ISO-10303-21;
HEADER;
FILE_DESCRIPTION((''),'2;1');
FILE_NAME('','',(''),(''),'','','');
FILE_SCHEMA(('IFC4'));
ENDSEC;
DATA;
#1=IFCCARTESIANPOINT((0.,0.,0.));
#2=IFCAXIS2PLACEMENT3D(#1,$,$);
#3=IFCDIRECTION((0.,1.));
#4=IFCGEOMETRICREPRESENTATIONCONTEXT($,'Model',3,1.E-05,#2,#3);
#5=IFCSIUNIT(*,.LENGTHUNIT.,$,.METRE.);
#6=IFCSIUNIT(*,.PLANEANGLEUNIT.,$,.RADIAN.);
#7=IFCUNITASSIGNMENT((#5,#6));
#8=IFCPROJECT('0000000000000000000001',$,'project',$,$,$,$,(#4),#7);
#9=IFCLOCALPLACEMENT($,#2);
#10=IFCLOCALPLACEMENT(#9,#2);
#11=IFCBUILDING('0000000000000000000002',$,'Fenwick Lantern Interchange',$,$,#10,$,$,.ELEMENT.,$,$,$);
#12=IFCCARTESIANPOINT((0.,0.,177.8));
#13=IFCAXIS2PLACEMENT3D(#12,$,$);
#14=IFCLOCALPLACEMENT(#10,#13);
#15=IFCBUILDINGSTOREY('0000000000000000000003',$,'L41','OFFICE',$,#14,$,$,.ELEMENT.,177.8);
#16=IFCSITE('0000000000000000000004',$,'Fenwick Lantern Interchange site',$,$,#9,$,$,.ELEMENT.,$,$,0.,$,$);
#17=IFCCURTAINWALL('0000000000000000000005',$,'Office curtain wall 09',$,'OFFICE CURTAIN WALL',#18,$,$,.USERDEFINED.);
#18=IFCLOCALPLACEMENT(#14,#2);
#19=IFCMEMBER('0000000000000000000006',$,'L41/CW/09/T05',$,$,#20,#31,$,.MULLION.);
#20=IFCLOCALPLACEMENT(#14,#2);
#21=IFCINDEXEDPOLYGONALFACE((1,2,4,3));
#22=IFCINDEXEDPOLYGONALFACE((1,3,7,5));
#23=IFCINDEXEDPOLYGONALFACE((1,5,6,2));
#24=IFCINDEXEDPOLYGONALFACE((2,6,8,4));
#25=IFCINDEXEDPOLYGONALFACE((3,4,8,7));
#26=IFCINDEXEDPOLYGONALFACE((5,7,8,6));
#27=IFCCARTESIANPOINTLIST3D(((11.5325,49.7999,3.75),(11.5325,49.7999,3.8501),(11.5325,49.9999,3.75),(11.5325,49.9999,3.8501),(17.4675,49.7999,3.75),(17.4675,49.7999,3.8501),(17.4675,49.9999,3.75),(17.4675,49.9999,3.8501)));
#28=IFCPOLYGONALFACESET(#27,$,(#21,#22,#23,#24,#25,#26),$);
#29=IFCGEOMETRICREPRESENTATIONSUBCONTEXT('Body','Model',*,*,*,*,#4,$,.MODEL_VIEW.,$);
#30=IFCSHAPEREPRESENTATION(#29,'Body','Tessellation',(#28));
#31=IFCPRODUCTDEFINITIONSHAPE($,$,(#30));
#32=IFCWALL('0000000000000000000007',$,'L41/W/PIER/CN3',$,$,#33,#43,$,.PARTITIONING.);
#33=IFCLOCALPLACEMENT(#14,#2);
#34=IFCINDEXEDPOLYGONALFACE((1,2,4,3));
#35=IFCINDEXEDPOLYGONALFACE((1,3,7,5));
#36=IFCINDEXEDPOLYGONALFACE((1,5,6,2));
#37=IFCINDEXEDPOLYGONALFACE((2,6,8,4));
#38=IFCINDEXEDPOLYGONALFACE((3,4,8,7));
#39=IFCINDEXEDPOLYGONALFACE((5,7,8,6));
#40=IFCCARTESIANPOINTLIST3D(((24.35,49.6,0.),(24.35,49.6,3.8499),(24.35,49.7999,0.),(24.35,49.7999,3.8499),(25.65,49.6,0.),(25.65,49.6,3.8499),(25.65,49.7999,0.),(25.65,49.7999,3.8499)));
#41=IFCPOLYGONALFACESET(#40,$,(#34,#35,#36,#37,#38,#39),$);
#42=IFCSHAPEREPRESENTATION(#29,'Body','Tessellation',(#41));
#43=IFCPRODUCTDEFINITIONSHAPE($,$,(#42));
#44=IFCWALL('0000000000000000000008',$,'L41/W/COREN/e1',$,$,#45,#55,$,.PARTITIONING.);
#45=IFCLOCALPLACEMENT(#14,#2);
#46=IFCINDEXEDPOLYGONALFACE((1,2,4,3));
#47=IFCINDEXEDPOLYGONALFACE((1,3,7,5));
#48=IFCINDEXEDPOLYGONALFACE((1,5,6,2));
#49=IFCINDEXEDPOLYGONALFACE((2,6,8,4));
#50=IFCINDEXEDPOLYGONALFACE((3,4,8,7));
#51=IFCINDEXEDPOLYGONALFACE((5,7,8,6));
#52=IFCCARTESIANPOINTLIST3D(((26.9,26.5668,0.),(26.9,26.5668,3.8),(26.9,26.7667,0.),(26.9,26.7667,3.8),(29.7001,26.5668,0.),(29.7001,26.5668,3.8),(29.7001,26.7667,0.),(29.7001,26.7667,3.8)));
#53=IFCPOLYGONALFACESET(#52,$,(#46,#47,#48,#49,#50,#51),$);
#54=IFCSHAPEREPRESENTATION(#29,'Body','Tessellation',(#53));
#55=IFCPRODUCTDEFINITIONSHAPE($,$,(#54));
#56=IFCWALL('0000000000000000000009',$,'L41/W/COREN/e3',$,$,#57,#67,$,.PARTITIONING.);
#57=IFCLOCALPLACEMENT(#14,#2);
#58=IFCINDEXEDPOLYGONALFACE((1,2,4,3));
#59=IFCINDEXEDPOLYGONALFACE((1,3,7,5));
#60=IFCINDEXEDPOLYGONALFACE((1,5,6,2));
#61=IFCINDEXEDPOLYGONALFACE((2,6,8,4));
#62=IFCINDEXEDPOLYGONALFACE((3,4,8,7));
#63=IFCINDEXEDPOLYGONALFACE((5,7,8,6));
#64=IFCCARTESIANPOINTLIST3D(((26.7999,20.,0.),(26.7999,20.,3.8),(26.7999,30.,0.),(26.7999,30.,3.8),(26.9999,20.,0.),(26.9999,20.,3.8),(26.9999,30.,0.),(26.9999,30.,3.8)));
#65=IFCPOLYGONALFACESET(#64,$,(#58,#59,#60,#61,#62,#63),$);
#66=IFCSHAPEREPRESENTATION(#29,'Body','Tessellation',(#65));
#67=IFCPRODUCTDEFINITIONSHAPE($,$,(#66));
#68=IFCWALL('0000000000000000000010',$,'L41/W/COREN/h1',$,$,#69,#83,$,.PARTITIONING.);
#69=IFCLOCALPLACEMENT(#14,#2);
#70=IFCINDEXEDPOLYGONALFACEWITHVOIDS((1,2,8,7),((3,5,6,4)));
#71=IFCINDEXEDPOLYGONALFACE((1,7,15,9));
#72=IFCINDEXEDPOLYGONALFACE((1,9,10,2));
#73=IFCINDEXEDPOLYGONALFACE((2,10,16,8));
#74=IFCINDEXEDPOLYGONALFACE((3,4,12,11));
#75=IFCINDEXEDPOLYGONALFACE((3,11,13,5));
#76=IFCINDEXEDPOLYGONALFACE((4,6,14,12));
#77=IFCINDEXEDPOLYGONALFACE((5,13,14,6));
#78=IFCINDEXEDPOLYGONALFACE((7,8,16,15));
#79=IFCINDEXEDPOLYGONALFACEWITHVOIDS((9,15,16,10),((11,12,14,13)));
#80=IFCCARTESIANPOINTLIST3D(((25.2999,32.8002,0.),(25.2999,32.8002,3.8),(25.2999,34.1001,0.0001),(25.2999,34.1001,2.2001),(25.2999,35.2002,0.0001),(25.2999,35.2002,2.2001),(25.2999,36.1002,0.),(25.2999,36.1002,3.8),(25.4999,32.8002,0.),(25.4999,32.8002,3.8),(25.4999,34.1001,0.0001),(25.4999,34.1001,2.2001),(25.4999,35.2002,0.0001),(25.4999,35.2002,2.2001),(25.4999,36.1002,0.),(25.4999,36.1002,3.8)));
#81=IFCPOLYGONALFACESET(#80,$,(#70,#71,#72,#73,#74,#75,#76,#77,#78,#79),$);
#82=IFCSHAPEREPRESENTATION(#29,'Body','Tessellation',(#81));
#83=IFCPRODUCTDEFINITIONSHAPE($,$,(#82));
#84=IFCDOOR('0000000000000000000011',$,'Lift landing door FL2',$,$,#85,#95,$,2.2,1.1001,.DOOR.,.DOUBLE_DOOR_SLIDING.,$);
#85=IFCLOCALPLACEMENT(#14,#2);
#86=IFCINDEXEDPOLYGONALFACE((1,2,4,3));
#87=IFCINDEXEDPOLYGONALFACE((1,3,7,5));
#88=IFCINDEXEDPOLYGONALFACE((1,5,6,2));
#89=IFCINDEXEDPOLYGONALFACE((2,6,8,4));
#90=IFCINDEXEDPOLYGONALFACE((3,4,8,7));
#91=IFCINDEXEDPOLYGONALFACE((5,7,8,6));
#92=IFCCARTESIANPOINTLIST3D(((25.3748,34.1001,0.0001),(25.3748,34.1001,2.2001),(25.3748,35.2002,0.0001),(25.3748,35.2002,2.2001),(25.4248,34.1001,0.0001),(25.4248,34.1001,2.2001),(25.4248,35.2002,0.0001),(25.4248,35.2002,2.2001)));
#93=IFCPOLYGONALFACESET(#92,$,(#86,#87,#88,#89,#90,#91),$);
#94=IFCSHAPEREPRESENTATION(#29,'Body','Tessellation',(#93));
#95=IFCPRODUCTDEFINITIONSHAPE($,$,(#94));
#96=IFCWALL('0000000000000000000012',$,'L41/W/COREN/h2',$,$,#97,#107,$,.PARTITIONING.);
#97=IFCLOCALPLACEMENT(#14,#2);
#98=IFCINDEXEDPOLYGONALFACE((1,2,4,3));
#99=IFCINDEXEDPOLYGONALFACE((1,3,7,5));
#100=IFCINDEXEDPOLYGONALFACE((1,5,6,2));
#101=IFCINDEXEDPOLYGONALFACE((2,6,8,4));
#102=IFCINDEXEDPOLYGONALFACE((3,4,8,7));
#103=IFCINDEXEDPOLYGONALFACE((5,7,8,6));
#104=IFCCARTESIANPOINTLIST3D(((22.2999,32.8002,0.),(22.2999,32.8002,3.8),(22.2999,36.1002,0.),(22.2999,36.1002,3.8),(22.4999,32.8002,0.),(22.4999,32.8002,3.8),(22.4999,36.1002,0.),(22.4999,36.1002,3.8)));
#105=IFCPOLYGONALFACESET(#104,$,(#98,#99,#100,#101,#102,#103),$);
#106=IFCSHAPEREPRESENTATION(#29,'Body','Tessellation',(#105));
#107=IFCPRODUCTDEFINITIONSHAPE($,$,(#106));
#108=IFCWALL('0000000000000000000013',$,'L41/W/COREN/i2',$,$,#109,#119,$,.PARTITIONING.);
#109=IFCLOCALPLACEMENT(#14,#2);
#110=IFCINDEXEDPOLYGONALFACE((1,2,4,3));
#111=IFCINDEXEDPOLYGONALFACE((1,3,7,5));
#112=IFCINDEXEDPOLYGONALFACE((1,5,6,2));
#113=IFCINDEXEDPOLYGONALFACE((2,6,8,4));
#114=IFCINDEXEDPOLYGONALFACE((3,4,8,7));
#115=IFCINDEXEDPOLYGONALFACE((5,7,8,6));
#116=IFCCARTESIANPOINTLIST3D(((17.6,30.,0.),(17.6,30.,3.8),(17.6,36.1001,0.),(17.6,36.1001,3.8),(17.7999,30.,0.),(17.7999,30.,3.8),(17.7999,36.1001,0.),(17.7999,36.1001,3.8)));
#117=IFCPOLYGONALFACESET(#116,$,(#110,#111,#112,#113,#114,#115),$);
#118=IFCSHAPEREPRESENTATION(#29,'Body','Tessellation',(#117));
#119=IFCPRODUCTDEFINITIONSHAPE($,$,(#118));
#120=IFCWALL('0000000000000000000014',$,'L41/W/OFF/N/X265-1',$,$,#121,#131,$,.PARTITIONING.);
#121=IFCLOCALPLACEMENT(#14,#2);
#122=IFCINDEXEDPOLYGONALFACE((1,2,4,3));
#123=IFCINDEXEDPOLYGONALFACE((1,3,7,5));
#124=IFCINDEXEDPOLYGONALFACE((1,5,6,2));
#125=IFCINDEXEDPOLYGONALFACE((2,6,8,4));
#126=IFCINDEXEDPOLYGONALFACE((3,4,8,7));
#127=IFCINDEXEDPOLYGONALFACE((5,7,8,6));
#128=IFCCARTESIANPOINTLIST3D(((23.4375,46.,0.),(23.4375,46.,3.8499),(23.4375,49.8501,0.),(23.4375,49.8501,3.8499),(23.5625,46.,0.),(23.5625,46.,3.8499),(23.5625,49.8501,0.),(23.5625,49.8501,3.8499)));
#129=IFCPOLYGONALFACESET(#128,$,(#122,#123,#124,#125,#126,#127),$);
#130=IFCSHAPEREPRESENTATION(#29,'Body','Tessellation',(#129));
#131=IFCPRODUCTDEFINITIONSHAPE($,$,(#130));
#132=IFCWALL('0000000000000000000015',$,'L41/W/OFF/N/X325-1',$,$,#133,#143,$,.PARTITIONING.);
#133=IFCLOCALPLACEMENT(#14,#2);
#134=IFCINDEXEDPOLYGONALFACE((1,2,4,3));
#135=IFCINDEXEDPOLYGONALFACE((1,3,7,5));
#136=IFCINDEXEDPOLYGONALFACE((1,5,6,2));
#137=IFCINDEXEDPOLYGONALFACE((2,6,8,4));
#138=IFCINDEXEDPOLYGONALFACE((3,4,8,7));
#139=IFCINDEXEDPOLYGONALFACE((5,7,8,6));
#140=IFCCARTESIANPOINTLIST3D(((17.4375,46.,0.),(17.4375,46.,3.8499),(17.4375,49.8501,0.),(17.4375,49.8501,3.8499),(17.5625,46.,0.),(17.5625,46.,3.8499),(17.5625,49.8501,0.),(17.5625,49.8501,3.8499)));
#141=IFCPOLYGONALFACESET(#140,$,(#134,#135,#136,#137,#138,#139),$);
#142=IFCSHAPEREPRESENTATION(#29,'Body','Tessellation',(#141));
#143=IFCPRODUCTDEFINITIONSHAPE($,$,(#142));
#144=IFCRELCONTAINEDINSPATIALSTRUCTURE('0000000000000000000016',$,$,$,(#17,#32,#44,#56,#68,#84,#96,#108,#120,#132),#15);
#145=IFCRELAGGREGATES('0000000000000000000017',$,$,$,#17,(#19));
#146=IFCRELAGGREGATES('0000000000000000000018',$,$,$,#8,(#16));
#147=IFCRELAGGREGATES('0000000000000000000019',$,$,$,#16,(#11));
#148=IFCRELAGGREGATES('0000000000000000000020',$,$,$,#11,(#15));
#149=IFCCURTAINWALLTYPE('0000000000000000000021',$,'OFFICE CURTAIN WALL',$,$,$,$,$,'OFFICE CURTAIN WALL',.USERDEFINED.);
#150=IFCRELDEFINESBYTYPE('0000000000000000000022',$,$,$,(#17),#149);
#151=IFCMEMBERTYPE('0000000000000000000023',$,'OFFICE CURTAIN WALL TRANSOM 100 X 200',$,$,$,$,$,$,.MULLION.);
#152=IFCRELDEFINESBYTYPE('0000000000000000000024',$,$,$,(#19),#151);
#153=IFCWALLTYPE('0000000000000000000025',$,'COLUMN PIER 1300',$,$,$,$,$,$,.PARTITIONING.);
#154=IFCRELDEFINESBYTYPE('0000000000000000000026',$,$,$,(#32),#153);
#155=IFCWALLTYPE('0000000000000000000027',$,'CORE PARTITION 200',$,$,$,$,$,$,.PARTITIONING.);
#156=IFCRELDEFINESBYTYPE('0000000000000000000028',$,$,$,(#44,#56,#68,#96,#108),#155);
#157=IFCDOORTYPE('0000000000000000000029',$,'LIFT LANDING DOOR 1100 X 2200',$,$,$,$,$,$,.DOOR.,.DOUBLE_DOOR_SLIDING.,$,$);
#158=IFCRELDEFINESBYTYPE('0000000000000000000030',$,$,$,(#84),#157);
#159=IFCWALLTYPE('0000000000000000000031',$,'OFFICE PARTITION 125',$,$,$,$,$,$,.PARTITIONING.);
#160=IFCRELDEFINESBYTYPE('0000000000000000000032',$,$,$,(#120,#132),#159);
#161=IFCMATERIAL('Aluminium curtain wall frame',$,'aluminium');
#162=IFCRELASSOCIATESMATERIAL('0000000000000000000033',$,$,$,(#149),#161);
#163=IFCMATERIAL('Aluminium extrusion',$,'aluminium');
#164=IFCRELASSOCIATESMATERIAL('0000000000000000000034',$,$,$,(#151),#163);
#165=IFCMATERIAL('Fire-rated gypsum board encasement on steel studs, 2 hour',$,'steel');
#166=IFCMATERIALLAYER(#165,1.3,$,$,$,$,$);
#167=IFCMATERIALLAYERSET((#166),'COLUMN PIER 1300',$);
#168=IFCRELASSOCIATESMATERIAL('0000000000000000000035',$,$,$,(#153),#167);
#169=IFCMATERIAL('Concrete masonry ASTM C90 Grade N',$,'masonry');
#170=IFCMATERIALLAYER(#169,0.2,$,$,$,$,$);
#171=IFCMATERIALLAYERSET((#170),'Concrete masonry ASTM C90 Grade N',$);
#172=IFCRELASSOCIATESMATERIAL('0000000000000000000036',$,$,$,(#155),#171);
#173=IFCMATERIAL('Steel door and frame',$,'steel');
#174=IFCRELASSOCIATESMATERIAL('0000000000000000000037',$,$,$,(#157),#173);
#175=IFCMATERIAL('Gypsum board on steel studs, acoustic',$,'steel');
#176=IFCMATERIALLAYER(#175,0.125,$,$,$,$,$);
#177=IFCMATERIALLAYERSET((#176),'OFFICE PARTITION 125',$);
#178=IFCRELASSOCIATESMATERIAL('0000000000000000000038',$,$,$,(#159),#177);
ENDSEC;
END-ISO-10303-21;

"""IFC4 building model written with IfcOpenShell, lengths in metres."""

from ifc_helpers import new_model, si_unit, direction, frame, frame_2d, origin, origin_2d, place, context, subcontext, project, spatial, rectangle, extrude, material, layer, layer_set, material_profile, profile_set, type_object, element, fill, aggregate, save


model = new_model("IFC4")

# Units and contexts
model_context = context("Model", 3, precision=1e-05, world=origin(), true_north=direction((0.0, 1.0)))
body_context = subcontext(model_context, "Body", "Model", "MODEL_VIEW")
ifc_project = project(units=[si_unit("LENGTHUNIT", "METRE"), si_unit("PLANEANGLEUNIT", "RADIAN")], contexts=[model_context])

# Site, building, storey
site_placement = place(None, origin())
site = spatial("IfcSite", under=ifc_project, at=site_placement, Name="Fenwick Lantern Interchange site", CompositionType="ELEMENT", RefElevation=0.0)
building_placement = place(site_placement, origin())
building = spatial("IfcBuilding", under=site, at=building_placement, Name="Fenwick Lantern Interchange", CompositionType="ELEMENT")
storey_placement = place(building_placement, frame((0.0, 0.0, 177.8)))
storey = spatial("IfcBuildingStorey", under=building, at=storey_placement, Name="L41", Description="OFFICE", CompositionType="ELEMENT", Elevation=177.8)

# Curtain wall, member
ifc_material_1 = material(Name="Aluminium curtain wall frame", Category="aluminium")
curtain_wall_type = type_object("IfcCurtainWallType", Name="OFFICE CURTAIN WALL", ElementType="OFFICE CURTAIN WALL", PredefinedType="USERDEFINED", material=ifc_material_1)
curtain_wall_placement = place(storey_placement, origin())
curtain_wall = element("IfcCurtainWall", 1, at=curtain_wall_placement, inside=storey, type_object=curtain_wall_type, Name="Office curtain wall 09", ObjectType="OFFICE CURTAIN WALL", PredefinedType="USERDEFINED")
ifc_material_2 = material(Name="Aluminium extrusion", Category="aluminium")
ifc_material_profile_1 = material_profile(ifc_material_2, rectangle(XDim=0.2, YDim=0.1001, at=origin_2d()), Name="OFFICE CURTAIN WALL TRANSOM 100 X 200")
ifc_profile_set_1 = profile_set([ifc_material_profile_1], Name="Aluminium extrusion")
member_type_1 = type_object("IfcMemberType", Name="OFFICE CURTAIN WALL TRANSOM 100 X 200", PredefinedType="MULLION", material=ifc_profile_set_1)
member_1_placement = place(storey_placement, frame((17.4675, 49.8999, 3.8), z_axis=(-1.0, 0.0, 0.0), x_axis=(0.0, -1.0, 0.0)))
member_1 = element("IfcMember", 2, at=member_1_placement, type_object=member_type_1, Name="L41/CW/09/T05", PredefinedType="MULLION", context=body_context, shape_type="SweptSolid", body=[
    extrude(rectangle(XDim=0.2, YDim=0.1001, at=origin_2d()), origin(), (0.0, 0.0, 1.0), 5.9351),
])
aggregate(curtain_wall, [member_1])

# Walls
ifc_material_3 = material(Name="Fire-rated gypsum board encasement on steel studs, 2 hour", Category="steel")
ifc_layer_1 = layer(ifc_material_3, 1.3)
ifc_layer_set_1 = layer_set([ifc_layer_1], Name="COLUMN PIER 1300")
wall_type_1 = type_object("IfcWallType", Name="COLUMN PIER 1300", PredefinedType="PARTITIONING", material=ifc_layer_set_1)
wall_1_placement = place(storey_placement, frame((25.0, 49.8, 0.0), z_axis=(0.0, 0.0, 1.0), x_axis=(0.0, -1.0, 0.0)))
element("IfcWall", 3, at=wall_1_placement, inside=storey, type_object=wall_type_1, Name="L41/W/PIER/CN3", PredefinedType="PARTITIONING", context=body_context, shape_type="SweptSolid", body=[
    extrude(rectangle(XDim=0.2, YDim=1.3, at=frame_2d((0.1001, 0.0))), origin(), (0.0, 0.0, 1.0), 3.8499),
])
ifc_material_4 = material(Name="Concrete masonry ASTM C90 Grade N", Category="masonry")
ifc_layer_2 = layer(ifc_material_4, 0.2)
ifc_layer_set_2 = layer_set([ifc_layer_2], Name="Concrete masonry ASTM C90 Grade N")
wall_type_2 = type_object("IfcWallType", Name="CORE PARTITION 200", PredefinedType="PARTITIONING", material=ifc_layer_set_2)
wall_2_placement = place(storey_placement, frame((29.7, 26.6667, 0.0), z_axis=(0.0, 0.0, 1.0), x_axis=(-1.0, 0.0, 0.0)))
element("IfcWall", 4, at=wall_2_placement, inside=storey, type_object=wall_type_2, Name="L41/W/COREN/e1", PredefinedType="PARTITIONING", context=body_context, shape_type="SweptSolid", body=[
    extrude(rectangle(XDim=2.8, YDim=0.2, at=frame_2d((1.3999, 0.0))), origin(), (0.0, 0.0, 1.0), 3.8),
])
wall_3_placement = place(storey_placement, frame((26.8999, 30.0, 0.0), z_axis=(0.0, 0.0, 1.0), x_axis=(0.0, -1.0, 0.0)))
element("IfcWall", 5, at=wall_3_placement, inside=storey, type_object=wall_type_2, Name="L41/W/COREN/e3", PredefinedType="PARTITIONING", context=body_context, shape_type="SweptSolid", body=[
    extrude(rectangle(XDim=10.0, YDim=0.2, at=frame_2d((5.0, 0.0))), origin(), (0.0, 0.0, 1.0), 3.8),
])

# Wall, opening, door
wall_4_placement = place(storey_placement, frame((25.3999, 36.1001, 0.0), z_axis=(0.0, 0.0, 1.0), x_axis=(0.0, -1.0, 0.0)))
wall_4 = element("IfcWall", 6, at=wall_4_placement, inside=storey, type_object=wall_type_2, Name="L41/W/COREN/h1", PredefinedType="PARTITIONING", context=body_context, shape_type="SweptSolid", body=[
    extrude(rectangle(XDim=3.3, YDim=0.2, at=frame_2d((1.6499, 0.0))), origin(), (0.0, 0.0, 1.0), 3.8),
])
opening_1_placement = place(wall_4_placement, frame((0.8999, 0.0, 0.0)))
opening_1 = element("IfcOpeningElement", 7, at=opening_1_placement, cuts=wall_4, PredefinedType="OPENING", context=body_context, shape_type="SweptSolid", body=[
    extrude(rectangle(XDim=1.1001, YDim=2.2, at=frame_2d((0.55, 1.1001))), frame((0.0, 0.1099, 0.0), z_axis=(0.0, -1.0, 0.0), x_axis=(1.0, 0.0, 0.0)), (0.0, 0.0, 1.0), 0.22),
])
ifc_material_5 = material(Name="Steel door and frame", Category="steel")
door_type_1 = type_object("IfcDoorType", Name="LIFT LANDING DOOR 1100 X 2200", OperationType="DOUBLE_DOOR_SLIDING", PredefinedType="DOOR", material=ifc_material_5)
door_1_placement = place(opening_1_placement, origin())
door_1 = element("IfcDoor", 8, at=door_1_placement, inside=storey, type_object=door_type_1, Name="Lift landing door FL2", OperationType="DOUBLE_DOOR_SLIDING", OverallHeight=2.2, OverallWidth=1.1001, PredefinedType="DOOR", context=body_context, shape_type="SweptSolid", body=[
    extrude(rectangle(XDim=1.1001, YDim=2.2, at=frame_2d((0.55, 1.1001))), frame((0.0, 0.0249, 0.0), z_axis=(0.0, -1.0, 0.0), x_axis=(1.0, 0.0, 0.0)), (0.0, 0.0, 1.0), 0.05),
])
fill(opening_1, door_1)

# Walls
wall_5_placement = place(storey_placement, frame((22.3999, 36.1001, 0.0), z_axis=(0.0, 0.0, 1.0), x_axis=(0.0, -1.0, 0.0)))
element("IfcWall", 9, at=wall_5_placement, inside=storey, type_object=wall_type_2, Name="L41/W/COREN/h2", PredefinedType="PARTITIONING", context=body_context, shape_type="SweptSolid", body=[
    extrude(rectangle(XDim=3.3, YDim=0.2, at=frame_2d((1.6499, 0.0))), origin(), (0.0, 0.0, 1.0), 3.8),
])
wall_6_placement = place(storey_placement, frame((17.7, 36.1001, 0.0), z_axis=(0.0, 0.0, 1.0), x_axis=(0.0, -1.0, 0.0)))
element("IfcWall", 10, at=wall_6_placement, inside=storey, type_object=wall_type_2, Name="L41/W/COREN/i2", PredefinedType="PARTITIONING", context=body_context, shape_type="SweptSolid", body=[
    extrude(rectangle(XDim=6.1001, YDim=0.2, at=frame_2d((3.05, 0.0))), origin(), (0.0, 0.0, 1.0), 3.8),
])
ifc_material_6 = material(Name="Gypsum board on steel studs, acoustic", Category="steel")
ifc_layer_3 = layer(ifc_material_6, 0.125)
ifc_layer_set_3 = layer_set([ifc_layer_3], Name="OFFICE PARTITION 125")
wall_type_3 = type_object("IfcWallType", Name="OFFICE PARTITION 125", PredefinedType="PARTITIONING", material=ifc_layer_set_3)
for number, where, z_axis, x_axis, name in (
    (11, (23.5, 49.8501, 0.0), (0.0, 0.0, 1.0), (0.0, -1.0, 0.0), "L41/W/OFF/N/X265-1"),
    (12, (17.5, 49.8501, 0.0), (0.0, 0.0, 1.0), (0.0, -1.0, 0.0), "L41/W/OFF/N/X325-1"),
):
    element("IfcWall", number, at=place(storey_placement, frame(where, z_axis=z_axis, x_axis=x_axis)), inside=storey, type_object=wall_type_3, Name=name, PredefinedType="PARTITIONING", context=body_context, shape_type="SweptSolid", body=[
        extrude(rectangle(XDim=3.8501, YDim=0.125, at=frame_2d((1.925, 0.0))), origin(), (0.0, 0.0, 1.0), 3.8499),
    ])

save(model, "model.ifc")
